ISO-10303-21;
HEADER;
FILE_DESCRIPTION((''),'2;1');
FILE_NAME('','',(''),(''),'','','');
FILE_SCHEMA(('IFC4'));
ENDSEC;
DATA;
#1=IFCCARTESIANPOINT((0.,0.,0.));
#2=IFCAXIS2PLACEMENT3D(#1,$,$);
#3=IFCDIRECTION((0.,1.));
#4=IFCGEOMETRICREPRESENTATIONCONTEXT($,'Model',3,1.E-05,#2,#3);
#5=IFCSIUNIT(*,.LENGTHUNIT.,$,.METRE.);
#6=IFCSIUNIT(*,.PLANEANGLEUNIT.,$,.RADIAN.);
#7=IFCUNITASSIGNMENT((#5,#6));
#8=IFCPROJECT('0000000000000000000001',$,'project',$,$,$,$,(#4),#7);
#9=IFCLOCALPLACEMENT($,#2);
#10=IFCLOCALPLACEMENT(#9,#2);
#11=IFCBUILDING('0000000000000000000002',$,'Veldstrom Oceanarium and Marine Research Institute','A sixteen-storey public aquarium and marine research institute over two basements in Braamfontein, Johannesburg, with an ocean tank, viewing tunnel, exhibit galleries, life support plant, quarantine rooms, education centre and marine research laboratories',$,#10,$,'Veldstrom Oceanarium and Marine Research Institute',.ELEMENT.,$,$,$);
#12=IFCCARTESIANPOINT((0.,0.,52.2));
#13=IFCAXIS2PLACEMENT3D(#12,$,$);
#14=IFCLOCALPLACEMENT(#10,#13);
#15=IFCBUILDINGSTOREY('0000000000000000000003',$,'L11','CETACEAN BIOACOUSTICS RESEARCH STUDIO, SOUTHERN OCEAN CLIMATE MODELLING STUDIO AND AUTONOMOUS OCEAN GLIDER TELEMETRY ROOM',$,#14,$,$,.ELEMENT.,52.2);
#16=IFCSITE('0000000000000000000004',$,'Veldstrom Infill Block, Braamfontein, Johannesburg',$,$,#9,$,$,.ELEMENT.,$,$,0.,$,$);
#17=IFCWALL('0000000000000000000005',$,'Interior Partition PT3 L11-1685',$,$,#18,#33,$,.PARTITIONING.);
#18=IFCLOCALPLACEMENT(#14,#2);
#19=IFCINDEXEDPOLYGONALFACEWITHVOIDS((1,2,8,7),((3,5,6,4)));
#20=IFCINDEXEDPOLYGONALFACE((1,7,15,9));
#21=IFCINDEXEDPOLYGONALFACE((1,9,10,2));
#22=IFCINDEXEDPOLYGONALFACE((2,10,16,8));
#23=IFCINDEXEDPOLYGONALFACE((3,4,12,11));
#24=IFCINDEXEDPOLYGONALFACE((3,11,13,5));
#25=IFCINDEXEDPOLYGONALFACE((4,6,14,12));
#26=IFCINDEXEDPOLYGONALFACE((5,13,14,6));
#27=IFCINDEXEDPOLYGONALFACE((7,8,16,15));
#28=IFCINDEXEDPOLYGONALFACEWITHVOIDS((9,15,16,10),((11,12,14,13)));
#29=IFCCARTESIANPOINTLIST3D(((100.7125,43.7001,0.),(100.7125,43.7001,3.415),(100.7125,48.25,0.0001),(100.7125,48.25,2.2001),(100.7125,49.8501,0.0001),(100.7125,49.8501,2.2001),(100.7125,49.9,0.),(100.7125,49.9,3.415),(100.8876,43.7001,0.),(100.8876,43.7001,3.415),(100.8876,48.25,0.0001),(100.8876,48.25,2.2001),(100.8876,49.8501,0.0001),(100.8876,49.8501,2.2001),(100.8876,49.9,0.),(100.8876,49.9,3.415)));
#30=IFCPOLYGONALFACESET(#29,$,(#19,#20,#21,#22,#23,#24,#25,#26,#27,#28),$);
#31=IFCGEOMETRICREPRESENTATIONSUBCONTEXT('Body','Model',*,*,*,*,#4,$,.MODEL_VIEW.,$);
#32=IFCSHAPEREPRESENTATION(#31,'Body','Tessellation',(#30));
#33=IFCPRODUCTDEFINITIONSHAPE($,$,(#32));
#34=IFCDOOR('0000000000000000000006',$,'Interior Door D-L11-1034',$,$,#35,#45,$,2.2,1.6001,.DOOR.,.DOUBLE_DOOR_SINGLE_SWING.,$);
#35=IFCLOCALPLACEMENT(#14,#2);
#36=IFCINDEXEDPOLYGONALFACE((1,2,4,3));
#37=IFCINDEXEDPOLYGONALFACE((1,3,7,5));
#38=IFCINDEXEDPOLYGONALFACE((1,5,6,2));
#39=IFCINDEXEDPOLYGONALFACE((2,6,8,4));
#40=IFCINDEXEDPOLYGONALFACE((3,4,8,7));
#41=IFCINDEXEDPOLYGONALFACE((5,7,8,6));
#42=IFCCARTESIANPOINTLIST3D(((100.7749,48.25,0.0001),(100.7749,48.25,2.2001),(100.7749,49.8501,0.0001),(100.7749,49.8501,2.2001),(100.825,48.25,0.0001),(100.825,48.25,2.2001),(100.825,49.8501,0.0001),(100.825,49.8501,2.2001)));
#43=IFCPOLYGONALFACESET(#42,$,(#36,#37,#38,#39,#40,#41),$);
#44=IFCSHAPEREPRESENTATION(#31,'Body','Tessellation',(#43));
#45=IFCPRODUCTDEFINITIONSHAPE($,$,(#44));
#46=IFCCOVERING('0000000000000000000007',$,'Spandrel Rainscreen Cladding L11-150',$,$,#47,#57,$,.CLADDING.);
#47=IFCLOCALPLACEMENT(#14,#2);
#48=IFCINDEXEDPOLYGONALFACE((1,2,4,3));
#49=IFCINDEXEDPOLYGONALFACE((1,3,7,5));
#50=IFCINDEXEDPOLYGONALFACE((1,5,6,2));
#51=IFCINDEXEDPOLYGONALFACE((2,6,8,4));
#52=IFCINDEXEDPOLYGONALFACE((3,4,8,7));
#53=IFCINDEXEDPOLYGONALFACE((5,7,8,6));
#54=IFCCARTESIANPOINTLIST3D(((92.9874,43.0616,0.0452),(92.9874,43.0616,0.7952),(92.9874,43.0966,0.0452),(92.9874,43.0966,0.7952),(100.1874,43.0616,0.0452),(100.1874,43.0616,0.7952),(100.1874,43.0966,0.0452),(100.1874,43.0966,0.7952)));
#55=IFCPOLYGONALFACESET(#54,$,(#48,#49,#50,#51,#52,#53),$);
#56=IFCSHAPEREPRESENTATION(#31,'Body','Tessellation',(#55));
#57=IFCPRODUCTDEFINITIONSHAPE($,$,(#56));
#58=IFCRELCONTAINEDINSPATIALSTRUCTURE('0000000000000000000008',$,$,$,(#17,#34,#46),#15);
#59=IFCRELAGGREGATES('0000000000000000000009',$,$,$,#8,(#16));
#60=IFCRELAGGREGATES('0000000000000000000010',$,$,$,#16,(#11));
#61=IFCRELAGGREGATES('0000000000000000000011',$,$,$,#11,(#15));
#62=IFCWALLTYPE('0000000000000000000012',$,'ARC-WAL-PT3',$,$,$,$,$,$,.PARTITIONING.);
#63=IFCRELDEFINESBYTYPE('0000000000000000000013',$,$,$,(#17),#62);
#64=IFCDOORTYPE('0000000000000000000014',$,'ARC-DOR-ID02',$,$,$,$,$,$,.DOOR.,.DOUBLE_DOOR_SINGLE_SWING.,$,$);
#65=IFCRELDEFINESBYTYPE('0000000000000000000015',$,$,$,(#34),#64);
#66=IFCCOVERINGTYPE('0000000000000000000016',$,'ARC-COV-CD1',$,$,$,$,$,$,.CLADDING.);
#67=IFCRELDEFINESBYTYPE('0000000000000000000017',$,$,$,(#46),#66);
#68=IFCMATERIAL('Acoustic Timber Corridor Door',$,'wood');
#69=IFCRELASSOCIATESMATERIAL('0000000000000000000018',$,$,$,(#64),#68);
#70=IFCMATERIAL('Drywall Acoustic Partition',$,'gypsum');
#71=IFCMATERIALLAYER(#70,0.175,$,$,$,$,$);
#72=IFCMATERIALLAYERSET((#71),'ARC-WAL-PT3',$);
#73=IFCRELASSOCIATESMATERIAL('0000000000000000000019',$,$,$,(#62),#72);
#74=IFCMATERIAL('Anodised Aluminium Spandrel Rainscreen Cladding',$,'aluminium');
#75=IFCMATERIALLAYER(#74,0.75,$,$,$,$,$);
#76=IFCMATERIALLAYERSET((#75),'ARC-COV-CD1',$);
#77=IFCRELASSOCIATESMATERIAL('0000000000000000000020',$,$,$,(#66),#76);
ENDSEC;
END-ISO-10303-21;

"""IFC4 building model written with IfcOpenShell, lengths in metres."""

from ifc_helpers import new_model, si_unit, direction, frame, frame_2d, origin, origin_2d, place, context, subcontext, project, spatial, rectangle, extrude, material, layer, layer_set, type_object, element, fill, save


model = new_model("IFC4")

# Units and contexts
model_context = context("Model", 3, precision=1e-05, world=origin(), true_north=direction((0.0, 1.0)))
body_context = subcontext(model_context, "Body", "Model", "MODEL_VIEW")
ifc_project = project(units=[si_unit("LENGTHUNIT", "METRE"), si_unit("PLANEANGLEUNIT", "RADIAN")], contexts=[model_context])

# Site, building, storey
site_placement = place(None, origin())
site = spatial("IfcSite", under=ifc_project, at=site_placement, Name="Veldstrom Infill Block, Braamfontein, Johannesburg", CompositionType="ELEMENT", RefElevation=0.0)
building_placement = place(site_placement, origin())
building = spatial("IfcBuilding", under=site, at=building_placement, Name="Veldstrom Oceanarium and Marine Research Institute", Description="A sixteen-storey public aquarium and marine research institute over two basements in Braamfontein, Johannesburg, with an ocean tank, viewing tunnel, exhibit galleries, life support plant, quarantine rooms, education centre and marine research laboratories", LongName="Veldstrom Oceanarium and Marine Research Institute", CompositionType="ELEMENT")
storey_placement = place(building_placement, frame((0.0, 0.0, 52.2)))
storey = spatial("IfcBuildingStorey", under=building, at=storey_placement, Name="L11", Description="CETACEAN BIOACOUSTICS RESEARCH STUDIO, SOUTHERN OCEAN CLIMATE MODELLING STUDIO AND AUTONOMOUS OCEAN GLIDER TELEMETRY ROOM", CompositionType="ELEMENT", Elevation=52.2)

# Wall, opening, door
ifc_material_1 = material(Name="Acoustic Timber Corridor Door", Category="wood")
door_type_1 = type_object("IfcDoorType", Name="ARC-DOR-ID02", OperationType="DOUBLE_DOOR_SINGLE_SWING", PredefinedType="DOOR", material=ifc_material_1)
ifc_material_2 = material(Name="Drywall Acoustic Partition", Category="gypsum")
ifc_layer_1 = layer(ifc_material_2, 0.175)
ifc_layer_set_1 = layer_set([ifc_layer_1], Name="ARC-WAL-PT3")
wall_type_1 = type_object("IfcWallType", Name="ARC-WAL-PT3", PredefinedType="PARTITIONING", material=ifc_layer_set_1)
wall_1_placement = place(storey_placement, frame((100.8, 43.7, 0.0), z_axis=(0.0, 0.0, 1.0), x_axis=(0.0, 1.0, 0.0)))
wall_1 = element("IfcWall", 1, at=wall_1_placement, inside=storey, type_object=wall_type_1, Name="Interior Partition PT3 L11-1685", PredefinedType="PARTITIONING", context=body_context, shape_type="SweptSolid", body=[
    extrude(rectangle(XDim=6.2, YDim=0.175, at=frame_2d((3.1001, 0.0))), origin(), (0.0, 0.0, 1.0), 3.415),
])
opening_1_placement = place(wall_1_placement, frame((4.55, 0.0, 0.0)))
opening_1 = element("IfcOpeningElement", 2, at=opening_1_placement, cuts=wall_1, PredefinedType="OPENING", context=body_context, shape_type="SweptSolid", body=[
    extrude(rectangle(XDim=1.6001, YDim=2.2, at=frame_2d((0.8, 1.1001))), frame((0.0, 0.0974, 0.0), z_axis=(0.0, -1.0, 0.0), x_axis=(1.0, 0.0, 0.0)), (0.0, 0.0, 1.0), 0.1951),
])
door_1_placement = place(opening_1_placement, frame((1.6001, 0.0, 0.0), z_axis=(0.0, 0.0, 1.0), x_axis=(-1.0, 0.0, 0.0)))
door_1 = element("IfcDoor", 3, at=door_1_placement, inside=storey, type_object=door_type_1, Name="Interior Door D-L11-1034", OperationType="DOUBLE_DOOR_SINGLE_SWING", OverallHeight=2.2, OverallWidth=1.6001, PredefinedType="DOOR", context=body_context, shape_type="SweptSolid", body=[
    extrude(rectangle(XDim=1.6001, YDim=2.2, at=frame_2d((0.8, 1.1001))), frame((0.0, 0.0249, 0.0), z_axis=(0.0, -1.0, 0.0), x_axis=(1.0, 0.0, 0.0)), (0.0, 0.0, 1.0), 0.05),
])
fill(opening_1, door_1)

# Covering
ifc_material_3 = material(Name="Anodised Aluminium Spandrel Rainscreen Cladding", Category="aluminium")
ifc_layer_2 = layer(ifc_material_3, 0.75)
ifc_layer_set_2 = layer_set([ifc_layer_2], Name="ARC-COV-CD1")
covering_type = type_object("IfcCoveringType", Name="ARC-COV-CD1", PredefinedType="CLADDING", material=ifc_layer_set_2)
covering_placement = place(storey_placement, frame((96.5874, 43.0791, 0.0452), z_axis=(0.0, 0.0, 1.0), x_axis=(1.0, 0.0, 0.0)))
element("IfcCovering", 4, at=covering_placement, inside=storey, type_object=covering_type, Name="Spandrel Rainscreen Cladding L11-150", PredefinedType="CLADDING", context=body_context, shape_type="SweptSolid", body=[
    extrude(rectangle(XDim=7.2, YDim=0.0349, at=origin_2d()), origin(), (0.0, 0.0, 1.0), 0.75),
])

save(model, "model.ifc")
